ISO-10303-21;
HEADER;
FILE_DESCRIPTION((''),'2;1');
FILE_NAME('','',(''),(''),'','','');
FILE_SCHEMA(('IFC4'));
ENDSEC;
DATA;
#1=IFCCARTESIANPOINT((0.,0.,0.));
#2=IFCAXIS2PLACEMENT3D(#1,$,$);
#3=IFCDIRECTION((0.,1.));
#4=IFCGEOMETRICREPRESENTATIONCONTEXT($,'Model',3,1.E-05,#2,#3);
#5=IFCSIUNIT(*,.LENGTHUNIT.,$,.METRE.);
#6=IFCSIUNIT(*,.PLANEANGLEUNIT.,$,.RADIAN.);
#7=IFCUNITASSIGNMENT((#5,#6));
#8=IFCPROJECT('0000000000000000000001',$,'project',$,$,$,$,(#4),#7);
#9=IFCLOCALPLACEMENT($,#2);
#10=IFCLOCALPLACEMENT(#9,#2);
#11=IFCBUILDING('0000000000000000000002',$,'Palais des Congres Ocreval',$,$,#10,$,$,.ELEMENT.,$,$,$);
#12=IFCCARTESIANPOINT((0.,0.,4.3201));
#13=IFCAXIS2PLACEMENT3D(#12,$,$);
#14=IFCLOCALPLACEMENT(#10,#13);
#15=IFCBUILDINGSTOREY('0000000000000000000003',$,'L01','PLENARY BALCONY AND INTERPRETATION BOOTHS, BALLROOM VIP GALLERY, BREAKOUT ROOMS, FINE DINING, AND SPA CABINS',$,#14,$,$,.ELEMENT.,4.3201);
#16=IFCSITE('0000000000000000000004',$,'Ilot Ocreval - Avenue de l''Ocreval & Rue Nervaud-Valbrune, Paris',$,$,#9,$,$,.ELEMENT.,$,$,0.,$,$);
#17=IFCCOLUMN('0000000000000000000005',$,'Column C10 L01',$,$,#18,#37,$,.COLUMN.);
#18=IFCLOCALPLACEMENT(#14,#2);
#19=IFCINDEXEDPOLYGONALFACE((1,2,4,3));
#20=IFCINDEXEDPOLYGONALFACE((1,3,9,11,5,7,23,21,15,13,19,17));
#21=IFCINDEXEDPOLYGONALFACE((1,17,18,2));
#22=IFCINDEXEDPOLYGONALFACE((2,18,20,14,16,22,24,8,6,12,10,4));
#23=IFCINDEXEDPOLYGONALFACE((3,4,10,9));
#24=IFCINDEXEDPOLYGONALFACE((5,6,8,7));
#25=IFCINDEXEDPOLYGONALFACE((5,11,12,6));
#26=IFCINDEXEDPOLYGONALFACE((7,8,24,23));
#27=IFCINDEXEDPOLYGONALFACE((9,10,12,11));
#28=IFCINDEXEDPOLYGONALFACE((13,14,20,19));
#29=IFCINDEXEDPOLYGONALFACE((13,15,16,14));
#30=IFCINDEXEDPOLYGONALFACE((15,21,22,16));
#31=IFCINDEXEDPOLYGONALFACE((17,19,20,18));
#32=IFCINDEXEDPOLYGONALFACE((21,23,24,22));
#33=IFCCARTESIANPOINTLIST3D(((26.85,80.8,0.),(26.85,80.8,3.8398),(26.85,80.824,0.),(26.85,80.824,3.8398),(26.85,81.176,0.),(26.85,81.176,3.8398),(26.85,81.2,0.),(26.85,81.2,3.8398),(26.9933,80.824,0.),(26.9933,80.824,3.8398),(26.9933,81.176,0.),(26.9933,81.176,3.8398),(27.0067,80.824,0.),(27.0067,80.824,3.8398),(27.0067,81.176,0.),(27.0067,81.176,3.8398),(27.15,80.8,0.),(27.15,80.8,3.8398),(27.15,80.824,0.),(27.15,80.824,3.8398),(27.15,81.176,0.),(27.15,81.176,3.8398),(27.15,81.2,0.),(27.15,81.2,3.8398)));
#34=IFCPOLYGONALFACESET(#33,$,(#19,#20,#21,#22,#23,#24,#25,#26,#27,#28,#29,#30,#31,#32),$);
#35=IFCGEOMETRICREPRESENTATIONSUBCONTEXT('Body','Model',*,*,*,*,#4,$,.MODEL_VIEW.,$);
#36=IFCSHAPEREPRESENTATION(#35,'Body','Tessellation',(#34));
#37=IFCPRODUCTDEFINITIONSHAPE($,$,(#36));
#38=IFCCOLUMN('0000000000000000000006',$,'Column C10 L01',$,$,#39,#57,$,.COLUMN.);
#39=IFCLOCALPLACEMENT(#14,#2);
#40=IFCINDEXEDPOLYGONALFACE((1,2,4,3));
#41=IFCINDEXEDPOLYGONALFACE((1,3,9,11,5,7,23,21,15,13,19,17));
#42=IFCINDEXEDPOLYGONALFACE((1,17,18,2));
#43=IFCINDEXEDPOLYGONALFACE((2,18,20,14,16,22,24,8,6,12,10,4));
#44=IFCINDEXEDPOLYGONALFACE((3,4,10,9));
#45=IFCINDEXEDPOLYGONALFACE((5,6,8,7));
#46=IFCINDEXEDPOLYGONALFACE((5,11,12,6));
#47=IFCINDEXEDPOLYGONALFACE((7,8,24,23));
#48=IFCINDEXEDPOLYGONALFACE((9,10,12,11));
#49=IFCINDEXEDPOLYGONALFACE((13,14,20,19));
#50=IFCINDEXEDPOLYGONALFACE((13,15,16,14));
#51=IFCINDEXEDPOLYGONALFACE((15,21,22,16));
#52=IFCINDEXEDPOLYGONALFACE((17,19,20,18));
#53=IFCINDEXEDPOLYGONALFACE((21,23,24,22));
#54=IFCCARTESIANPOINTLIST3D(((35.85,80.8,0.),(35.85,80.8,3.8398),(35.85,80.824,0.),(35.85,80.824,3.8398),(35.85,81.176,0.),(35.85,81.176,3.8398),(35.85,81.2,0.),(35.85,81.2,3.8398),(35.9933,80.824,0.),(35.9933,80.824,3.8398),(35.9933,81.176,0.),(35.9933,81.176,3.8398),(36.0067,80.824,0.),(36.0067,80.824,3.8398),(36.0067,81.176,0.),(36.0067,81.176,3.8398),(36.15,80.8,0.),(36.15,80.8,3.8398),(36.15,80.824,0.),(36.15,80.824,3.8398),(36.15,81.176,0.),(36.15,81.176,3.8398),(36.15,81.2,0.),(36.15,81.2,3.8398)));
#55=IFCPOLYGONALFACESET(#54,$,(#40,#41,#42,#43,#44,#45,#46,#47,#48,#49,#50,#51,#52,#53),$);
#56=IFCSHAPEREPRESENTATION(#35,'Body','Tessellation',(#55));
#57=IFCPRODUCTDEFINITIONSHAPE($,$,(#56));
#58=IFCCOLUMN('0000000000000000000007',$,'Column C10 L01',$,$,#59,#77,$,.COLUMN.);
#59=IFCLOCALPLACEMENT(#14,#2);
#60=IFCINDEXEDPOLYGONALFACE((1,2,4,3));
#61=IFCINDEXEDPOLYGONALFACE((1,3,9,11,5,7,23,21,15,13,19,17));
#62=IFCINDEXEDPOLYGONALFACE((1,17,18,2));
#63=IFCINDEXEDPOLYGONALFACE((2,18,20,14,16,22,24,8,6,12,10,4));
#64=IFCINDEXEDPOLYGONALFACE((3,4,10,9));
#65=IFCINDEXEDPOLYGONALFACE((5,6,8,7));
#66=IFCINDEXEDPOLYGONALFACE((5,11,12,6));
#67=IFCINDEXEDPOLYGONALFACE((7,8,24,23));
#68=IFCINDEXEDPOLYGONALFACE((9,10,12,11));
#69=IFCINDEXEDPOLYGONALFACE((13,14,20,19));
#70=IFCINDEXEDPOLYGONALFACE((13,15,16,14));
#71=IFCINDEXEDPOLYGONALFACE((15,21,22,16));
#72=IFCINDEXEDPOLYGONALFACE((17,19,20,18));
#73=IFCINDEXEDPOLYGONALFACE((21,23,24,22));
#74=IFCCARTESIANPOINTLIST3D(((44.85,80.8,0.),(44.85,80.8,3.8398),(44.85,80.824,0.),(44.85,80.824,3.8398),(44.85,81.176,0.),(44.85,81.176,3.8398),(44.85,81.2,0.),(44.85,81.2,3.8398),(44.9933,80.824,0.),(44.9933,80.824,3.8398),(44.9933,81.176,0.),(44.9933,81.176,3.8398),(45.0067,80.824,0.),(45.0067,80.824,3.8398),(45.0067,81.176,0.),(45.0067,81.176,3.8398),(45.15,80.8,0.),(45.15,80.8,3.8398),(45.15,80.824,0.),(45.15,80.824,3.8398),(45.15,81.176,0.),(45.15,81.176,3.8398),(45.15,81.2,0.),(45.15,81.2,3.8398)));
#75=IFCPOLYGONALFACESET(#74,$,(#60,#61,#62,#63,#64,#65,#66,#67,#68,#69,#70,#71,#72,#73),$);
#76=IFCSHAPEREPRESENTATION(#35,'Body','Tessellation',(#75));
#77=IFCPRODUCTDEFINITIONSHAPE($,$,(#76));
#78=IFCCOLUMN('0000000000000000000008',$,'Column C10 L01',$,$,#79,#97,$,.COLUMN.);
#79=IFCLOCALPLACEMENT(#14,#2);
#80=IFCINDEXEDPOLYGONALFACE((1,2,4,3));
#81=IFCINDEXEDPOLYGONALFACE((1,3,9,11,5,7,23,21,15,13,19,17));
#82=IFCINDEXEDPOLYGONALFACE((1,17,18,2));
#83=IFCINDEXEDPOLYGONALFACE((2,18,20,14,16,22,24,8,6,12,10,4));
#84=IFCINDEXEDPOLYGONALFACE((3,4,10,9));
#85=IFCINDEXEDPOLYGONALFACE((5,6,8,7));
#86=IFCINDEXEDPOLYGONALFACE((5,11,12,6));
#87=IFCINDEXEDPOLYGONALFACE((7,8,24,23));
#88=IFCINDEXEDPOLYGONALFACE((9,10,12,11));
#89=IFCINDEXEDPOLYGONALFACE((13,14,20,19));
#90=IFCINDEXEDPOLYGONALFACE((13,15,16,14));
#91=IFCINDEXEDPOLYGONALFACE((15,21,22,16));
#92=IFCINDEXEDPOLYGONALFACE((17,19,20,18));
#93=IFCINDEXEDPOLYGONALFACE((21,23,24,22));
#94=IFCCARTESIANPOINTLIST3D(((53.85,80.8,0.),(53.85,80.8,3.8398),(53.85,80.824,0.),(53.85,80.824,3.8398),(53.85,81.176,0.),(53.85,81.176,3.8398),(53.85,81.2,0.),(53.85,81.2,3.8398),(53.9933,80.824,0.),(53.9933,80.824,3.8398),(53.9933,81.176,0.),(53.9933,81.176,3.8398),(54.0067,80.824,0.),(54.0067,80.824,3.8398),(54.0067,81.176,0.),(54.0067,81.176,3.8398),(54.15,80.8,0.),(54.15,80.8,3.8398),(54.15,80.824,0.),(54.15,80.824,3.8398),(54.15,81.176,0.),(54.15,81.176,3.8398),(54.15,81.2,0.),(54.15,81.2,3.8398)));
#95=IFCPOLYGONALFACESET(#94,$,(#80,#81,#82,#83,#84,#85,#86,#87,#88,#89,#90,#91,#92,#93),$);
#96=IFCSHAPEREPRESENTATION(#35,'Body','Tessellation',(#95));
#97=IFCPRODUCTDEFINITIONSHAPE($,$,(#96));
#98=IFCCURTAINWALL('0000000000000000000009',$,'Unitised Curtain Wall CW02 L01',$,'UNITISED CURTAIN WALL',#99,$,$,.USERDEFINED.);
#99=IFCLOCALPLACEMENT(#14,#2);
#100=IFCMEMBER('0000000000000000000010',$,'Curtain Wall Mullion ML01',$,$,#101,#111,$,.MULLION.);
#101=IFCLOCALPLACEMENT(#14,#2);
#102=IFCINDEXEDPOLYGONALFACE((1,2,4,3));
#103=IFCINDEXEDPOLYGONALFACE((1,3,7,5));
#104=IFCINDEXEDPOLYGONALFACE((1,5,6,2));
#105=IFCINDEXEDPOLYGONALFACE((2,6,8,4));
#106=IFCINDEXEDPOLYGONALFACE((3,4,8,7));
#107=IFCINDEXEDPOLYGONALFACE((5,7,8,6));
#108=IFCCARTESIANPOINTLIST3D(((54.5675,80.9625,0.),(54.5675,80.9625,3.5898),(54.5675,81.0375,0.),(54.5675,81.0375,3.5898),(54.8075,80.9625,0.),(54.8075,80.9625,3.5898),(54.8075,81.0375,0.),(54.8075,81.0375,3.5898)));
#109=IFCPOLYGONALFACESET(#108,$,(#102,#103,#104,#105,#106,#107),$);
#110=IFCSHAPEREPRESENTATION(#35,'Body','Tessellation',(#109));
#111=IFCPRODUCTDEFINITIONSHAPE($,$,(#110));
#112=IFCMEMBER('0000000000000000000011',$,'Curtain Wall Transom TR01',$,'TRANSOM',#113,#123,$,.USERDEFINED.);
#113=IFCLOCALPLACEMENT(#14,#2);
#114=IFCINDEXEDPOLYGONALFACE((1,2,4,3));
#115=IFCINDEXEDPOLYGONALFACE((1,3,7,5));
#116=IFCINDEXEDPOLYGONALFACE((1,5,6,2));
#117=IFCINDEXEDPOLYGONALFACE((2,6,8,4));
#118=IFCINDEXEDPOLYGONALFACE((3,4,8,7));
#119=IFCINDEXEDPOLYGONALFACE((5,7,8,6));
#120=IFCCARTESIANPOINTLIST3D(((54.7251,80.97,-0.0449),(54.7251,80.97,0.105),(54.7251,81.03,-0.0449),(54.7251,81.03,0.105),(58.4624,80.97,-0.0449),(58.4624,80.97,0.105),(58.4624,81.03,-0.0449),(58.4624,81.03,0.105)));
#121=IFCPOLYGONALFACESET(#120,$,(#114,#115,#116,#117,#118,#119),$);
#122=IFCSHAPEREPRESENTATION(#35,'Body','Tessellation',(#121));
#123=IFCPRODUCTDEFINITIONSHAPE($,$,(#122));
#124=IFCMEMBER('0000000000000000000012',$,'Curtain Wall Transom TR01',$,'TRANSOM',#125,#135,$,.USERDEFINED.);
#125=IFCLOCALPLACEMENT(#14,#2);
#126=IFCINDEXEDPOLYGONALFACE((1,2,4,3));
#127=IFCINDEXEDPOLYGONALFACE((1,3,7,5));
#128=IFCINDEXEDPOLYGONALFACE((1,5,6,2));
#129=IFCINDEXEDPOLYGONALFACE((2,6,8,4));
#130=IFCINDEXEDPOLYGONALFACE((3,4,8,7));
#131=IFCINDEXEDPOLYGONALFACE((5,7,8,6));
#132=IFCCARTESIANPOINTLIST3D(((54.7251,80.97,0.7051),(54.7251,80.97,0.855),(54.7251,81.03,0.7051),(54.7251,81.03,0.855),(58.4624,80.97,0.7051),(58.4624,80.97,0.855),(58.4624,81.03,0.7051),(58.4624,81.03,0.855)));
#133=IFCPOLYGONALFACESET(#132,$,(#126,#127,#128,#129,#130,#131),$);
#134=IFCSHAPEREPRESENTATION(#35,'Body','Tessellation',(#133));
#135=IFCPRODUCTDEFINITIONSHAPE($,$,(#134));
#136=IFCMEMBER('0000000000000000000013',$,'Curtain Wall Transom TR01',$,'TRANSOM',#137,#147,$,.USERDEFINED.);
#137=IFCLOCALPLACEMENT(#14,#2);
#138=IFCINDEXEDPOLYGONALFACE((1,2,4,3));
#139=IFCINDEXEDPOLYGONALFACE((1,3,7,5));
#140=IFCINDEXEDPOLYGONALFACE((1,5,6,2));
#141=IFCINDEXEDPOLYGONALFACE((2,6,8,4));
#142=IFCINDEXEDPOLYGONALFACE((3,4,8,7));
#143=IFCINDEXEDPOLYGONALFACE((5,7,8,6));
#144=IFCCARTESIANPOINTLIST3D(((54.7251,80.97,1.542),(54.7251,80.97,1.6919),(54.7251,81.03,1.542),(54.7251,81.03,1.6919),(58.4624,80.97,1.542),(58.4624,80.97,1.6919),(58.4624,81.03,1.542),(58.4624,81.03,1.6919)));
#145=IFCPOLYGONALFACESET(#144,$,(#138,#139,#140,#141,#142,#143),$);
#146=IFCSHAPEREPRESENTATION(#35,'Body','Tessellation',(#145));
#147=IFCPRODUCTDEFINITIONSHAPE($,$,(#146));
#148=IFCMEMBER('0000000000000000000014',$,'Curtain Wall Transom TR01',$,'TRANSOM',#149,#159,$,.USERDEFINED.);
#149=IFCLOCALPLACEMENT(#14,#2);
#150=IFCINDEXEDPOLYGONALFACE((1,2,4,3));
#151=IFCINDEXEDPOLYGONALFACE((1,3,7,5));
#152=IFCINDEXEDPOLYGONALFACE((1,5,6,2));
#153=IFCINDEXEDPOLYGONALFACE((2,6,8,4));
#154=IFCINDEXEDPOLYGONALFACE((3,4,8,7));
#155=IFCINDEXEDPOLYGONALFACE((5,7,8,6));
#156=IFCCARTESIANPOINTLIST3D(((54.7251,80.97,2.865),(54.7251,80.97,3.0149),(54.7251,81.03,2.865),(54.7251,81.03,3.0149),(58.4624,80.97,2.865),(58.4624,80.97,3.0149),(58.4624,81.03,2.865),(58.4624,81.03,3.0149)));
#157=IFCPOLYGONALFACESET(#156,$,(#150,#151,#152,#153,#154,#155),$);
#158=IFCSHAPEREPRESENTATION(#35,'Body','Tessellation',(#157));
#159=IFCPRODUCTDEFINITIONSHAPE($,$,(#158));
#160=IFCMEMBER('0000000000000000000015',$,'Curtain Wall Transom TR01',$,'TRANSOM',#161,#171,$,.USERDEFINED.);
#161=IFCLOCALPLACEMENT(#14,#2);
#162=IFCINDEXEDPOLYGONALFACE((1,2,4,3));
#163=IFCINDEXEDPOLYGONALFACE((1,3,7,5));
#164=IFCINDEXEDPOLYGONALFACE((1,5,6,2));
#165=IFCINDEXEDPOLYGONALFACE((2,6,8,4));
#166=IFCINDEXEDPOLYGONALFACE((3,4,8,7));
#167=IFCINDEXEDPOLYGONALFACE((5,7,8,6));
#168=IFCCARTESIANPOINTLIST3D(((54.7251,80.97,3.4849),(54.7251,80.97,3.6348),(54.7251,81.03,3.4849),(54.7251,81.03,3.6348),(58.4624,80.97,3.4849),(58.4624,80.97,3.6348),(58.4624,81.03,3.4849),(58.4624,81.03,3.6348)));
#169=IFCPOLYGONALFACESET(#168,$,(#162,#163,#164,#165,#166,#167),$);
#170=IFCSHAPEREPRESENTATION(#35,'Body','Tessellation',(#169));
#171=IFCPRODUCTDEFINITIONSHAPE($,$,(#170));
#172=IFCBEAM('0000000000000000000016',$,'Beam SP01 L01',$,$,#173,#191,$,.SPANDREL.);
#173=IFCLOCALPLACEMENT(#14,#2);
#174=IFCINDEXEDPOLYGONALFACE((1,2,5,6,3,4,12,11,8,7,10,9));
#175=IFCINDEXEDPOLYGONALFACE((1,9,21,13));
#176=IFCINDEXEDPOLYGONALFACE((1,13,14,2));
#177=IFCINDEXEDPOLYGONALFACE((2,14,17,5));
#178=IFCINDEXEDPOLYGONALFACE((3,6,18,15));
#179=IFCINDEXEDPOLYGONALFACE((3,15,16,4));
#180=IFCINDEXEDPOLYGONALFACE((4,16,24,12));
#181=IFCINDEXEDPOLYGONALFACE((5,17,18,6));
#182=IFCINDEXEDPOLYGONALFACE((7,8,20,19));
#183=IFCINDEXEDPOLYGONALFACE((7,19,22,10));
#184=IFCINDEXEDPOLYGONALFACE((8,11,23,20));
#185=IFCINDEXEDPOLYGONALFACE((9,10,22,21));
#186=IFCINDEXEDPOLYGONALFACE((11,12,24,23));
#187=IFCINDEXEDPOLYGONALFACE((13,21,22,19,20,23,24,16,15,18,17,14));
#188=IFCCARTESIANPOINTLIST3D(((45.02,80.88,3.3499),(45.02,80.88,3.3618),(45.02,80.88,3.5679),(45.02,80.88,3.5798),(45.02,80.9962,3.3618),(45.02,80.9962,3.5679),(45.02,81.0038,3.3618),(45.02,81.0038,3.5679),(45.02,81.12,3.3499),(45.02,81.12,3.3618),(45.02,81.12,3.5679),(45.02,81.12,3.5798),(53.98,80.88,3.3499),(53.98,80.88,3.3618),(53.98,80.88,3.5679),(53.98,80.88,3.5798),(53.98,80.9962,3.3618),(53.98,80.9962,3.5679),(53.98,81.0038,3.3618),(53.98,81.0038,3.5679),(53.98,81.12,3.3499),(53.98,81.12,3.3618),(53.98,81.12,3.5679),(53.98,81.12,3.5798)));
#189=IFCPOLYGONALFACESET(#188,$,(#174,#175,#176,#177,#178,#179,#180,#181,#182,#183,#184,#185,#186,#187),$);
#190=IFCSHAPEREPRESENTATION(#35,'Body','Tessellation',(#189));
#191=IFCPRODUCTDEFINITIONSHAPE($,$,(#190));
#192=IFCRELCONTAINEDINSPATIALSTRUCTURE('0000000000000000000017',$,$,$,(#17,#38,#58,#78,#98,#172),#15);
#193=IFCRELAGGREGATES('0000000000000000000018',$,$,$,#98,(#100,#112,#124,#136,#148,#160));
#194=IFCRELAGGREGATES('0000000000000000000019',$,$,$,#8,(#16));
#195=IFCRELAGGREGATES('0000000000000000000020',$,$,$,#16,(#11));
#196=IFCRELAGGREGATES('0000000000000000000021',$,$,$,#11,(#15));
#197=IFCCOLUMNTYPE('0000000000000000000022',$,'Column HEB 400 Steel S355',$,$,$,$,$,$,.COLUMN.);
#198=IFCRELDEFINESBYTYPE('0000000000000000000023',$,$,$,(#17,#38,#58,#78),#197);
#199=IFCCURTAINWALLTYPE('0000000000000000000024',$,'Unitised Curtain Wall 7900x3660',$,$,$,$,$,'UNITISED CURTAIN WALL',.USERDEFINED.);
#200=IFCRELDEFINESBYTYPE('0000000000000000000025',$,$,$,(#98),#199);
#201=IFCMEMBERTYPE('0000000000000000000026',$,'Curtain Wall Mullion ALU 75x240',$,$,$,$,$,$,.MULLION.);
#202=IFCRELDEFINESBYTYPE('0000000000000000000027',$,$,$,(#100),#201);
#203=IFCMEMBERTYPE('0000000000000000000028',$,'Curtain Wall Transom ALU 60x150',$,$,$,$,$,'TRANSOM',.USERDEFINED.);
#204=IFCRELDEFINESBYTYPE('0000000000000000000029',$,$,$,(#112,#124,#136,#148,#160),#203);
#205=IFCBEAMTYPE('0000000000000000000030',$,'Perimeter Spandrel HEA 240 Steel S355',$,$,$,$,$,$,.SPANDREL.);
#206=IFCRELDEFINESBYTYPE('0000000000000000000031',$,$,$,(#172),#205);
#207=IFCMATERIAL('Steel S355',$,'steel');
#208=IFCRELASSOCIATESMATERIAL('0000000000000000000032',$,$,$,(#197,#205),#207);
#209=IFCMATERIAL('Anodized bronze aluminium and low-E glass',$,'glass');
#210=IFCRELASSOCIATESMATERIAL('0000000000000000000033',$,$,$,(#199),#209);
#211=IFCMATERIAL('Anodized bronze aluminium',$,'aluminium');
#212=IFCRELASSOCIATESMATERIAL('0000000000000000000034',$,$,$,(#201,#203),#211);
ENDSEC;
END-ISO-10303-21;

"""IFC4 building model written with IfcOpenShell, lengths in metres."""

from ifc_helpers import new_model, si_unit, direction, frame, origin, origin_2d, place, context, subcontext, project, spatial, rectangle, i_section, extrude, material, material_profile, profile_set, type_object, element, aggregate, save


model = new_model("IFC4")

# Units and contexts
model_context = context("Model", 3, precision=1e-05, world=origin(), true_north=direction((0.0, 1.0)))
body_context = subcontext(model_context, "Body", "Model", "MODEL_VIEW")
ifc_project = project(units=[si_unit("LENGTHUNIT", "METRE"), si_unit("PLANEANGLEUNIT", "RADIAN")], contexts=[model_context])

# Site, building, storey
site_placement = place(None, origin())
site = spatial("IfcSite", under=ifc_project, at=site_placement, Name="Ilot Ocreval - Avenue de l'Ocreval & Rue Nervaud-Valbrune, Paris", CompositionType="ELEMENT", RefElevation=0.0)
building_placement = place(site_placement, origin())
building = spatial("IfcBuilding", under=site, at=building_placement, Name="Palais des Congres Ocreval", CompositionType="ELEMENT")
storey_placement = place(building_placement, frame((0.0, 0.0, 4.3201)))
storey = spatial("IfcBuildingStorey", under=building, at=storey_placement, Name="L01", Description="PLENARY BALCONY AND INTERPRETATION BOOTHS, BALLROOM VIP GALLERY, BREAKOUT ROOMS, FINE DINING, AND SPA CABINS", CompositionType="ELEMENT", Elevation=4.3201)

# Columns
ifc_material_1 = material(Name="Steel S355", Category="steel")
ifc_material_profile_1 = material_profile(ifc_material_1, i_section(OverallWidth=0.3, OverallDepth=0.3999, WebThickness=0.0134, FlangeThickness=0.0239, at=origin_2d()), Name="HEB 400")
ifc_profile_set_1 = profile_set([ifc_material_profile_1], Name="Steel S355")
column_type = type_object("IfcColumnType", Name="Column HEB 400 Steel S355", PredefinedType="COLUMN", material=ifc_profile_set_1)
for number, where, z_axis, x_axis, name in (
    (1, (27.0, 81.0, 0.0), (0.0, 0.0, 1.0), (1.0, 0.0, 0.0), "Column C10 L01"),
    (2, (36.0, 81.0, 0.0), (0.0, 0.0, 1.0), (1.0, 0.0, 0.0), "Column C10 L01"),
    (3, (45.0, 81.0, 0.0), (0.0, 0.0, 1.0), (1.0, 0.0, 0.0), "Column C10 L01"),
    (4, (54.0, 81.0, 0.0), (0.0, 0.0, 1.0), (1.0, 0.0, 0.0), "Column C10 L01"),
):
    element("IfcColumn", number, at=place(storey_placement, frame(where, z_axis=z_axis, x_axis=x_axis)), inside=storey, type_object=column_type, Name=name, PredefinedType="COLUMN", context=body_context, shape_type="SweptSolid", body=[
        extrude(i_section(OverallWidth=0.3, OverallDepth=0.3999, WebThickness=0.0134, FlangeThickness=0.0239, at=origin_2d()), origin(), (0.0, 0.0, 1.0), 3.8398),
    ])

# Curtain wall, members
ifc_material_2 = material(Name="Anodized bronze aluminium and low-E glass", Category="glass")
curtain_wall_type = type_object("IfcCurtainWallType", Name="Unitised Curtain Wall 7900x3660", ElementType="UNITISED CURTAIN WALL", PredefinedType="USERDEFINED", material=ifc_material_2)
curtain_wall_placement = place(storey_placement, origin())
curtain_wall = element("IfcCurtainWall", 5, at=curtain_wall_placement, inside=storey, type_object=curtain_wall_type, Name="Unitised Curtain Wall CW02 L01", ObjectType="UNITISED CURTAIN WALL", PredefinedType="USERDEFINED")
ifc_material_3 = material(Name="Anodized bronze aluminium", Category="aluminium")
ifc_material_profile_2 = material_profile(ifc_material_3, rectangle(XDim=0.075, YDim=0.24, at=origin_2d()), Name="ALU 75x240")
ifc_profile_set_2 = profile_set([ifc_material_profile_2], Name="Anodized bronze aluminium")
member_type_1 = type_object("IfcMemberType", Name="Curtain Wall Mullion ALU 75x240", PredefinedType="MULLION", material=ifc_profile_set_2)
member_1_placement = place(storey_placement, frame((54.6875, 81.0, 0.0), z_axis=(0.0, 0.0, 1.0), x_axis=(0.0, 1.0, 0.0)))
member_1 = element("IfcMember", 6, at=member_1_placement, type_object=member_type_1, Name="Curtain Wall Mullion ML01", PredefinedType="MULLION", context=body_context, shape_type="SweptSolid", body=[
    extrude(rectangle(XDim=0.075, YDim=0.24, at=origin_2d()), origin(), (0.0, 0.0, 1.0), 3.5898),
])
ifc_material_profile_3 = material_profile(ifc_material_3, rectangle(XDim=0.0601, YDim=0.1499, at=origin_2d()), Name="ALU 60x150")
ifc_profile_set_3 = profile_set([ifc_material_profile_3], Name="Anodized bronze aluminium")
member_type_2 = type_object("IfcMemberType", Name="Curtain Wall Transom ALU 60x150", ElementType="TRANSOM", PredefinedType="USERDEFINED", material=ifc_profile_set_3)
member_2_placement = place(storey_placement, frame((54.7251, 81.0, 0.03), z_axis=(1.0, 0.0, 0.0), x_axis=(0.0, 1.0, 0.0)))
member_2 = element("IfcMember", 7, at=member_2_placement, type_object=member_type_2, Name="Curtain Wall Transom TR01", ObjectType="TRANSOM", PredefinedType="USERDEFINED", context=body_context, shape_type="SweptSolid", body=[
    extrude(rectangle(XDim=0.0601, YDim=0.1499, at=origin_2d()), origin(), (0.0, 0.0, 1.0), 3.7373),
])
member_3_placement = place(storey_placement, frame((54.7251, 81.0, 0.78), z_axis=(1.0, 0.0, 0.0), x_axis=(0.0, 1.0, 0.0)))
member_3 = element("IfcMember", 8, at=member_3_placement, type_object=member_type_2, Name="Curtain Wall Transom TR01", ObjectType="TRANSOM", PredefinedType="USERDEFINED", context=body_context, shape_type="SweptSolid", body=[
    extrude(rectangle(XDim=0.0601, YDim=0.1499, at=origin_2d()), origin(), (0.0, 0.0, 1.0), 3.7373),
])
member_4_placement = place(storey_placement, frame((54.7251, 81.0, 1.6169), z_axis=(1.0, 0.0, 0.0), x_axis=(0.0, 1.0, 0.0)))
member_4 = element("IfcMember", 9, at=member_4_placement, type_object=member_type_2, Name="Curtain Wall Transom TR01", ObjectType="TRANSOM", PredefinedType="USERDEFINED", context=body_context, shape_type="SweptSolid", body=[
    extrude(rectangle(XDim=0.0601, YDim=0.1499, at=origin_2d()), origin(), (0.0, 0.0, 1.0), 3.7373),
])
member_5_placement = place(storey_placement, frame((54.7251, 81.0, 2.9399), z_axis=(1.0, 0.0, 0.0), x_axis=(0.0, 1.0, 0.0)))
member_5 = element("IfcMember", 10, at=member_5_placement, type_object=member_type_2, Name="Curtain Wall Transom TR01", ObjectType="TRANSOM", PredefinedType="USERDEFINED", context=body_context, shape_type="SweptSolid", body=[
    extrude(rectangle(XDim=0.0601, YDim=0.1499, at=origin_2d()), origin(), (0.0, 0.0, 1.0), 3.7373),
])
member_6_placement = place(storey_placement, frame((54.7251, 81.0, 3.5598), z_axis=(1.0, 0.0, 0.0), x_axis=(0.0, 1.0, 0.0)))
member_6 = element("IfcMember", 11, at=member_6_placement, type_object=member_type_2, Name="Curtain Wall Transom TR01", ObjectType="TRANSOM", PredefinedType="USERDEFINED", context=body_context, shape_type="SweptSolid", body=[
    extrude(rectangle(XDim=0.0601, YDim=0.1499, at=origin_2d()), origin(), (0.0, 0.0, 1.0), 3.7373),
])

# Beam
ifc_material_profile_4 = material_profile(ifc_material_1, i_section(OverallWidth=0.24, OverallDepth=0.23, WebThickness=0.0076, FlangeThickness=0.012, at=origin_2d()), Name="HEA 240")
ifc_profile_set_4 = profile_set([ifc_material_profile_4], Name="Steel S355")
beam_type_1 = type_object("IfcBeamType", Name="Perimeter Spandrel HEA 240 Steel S355", PredefinedType="SPANDREL", material=ifc_profile_set_4)
beam_1_placement = place(storey_placement, frame((45.02, 81.0, 3.4648), z_axis=(1.0, 0.0, 0.0), x_axis=(0.0, 1.0, 0.0)))
element("IfcBeam", 12, at=beam_1_placement, inside=storey, type_object=beam_type_1, Name="Beam SP01 L01", PredefinedType="SPANDREL", context=body_context, shape_type="SweptSolid", body=[
    extrude(i_section(OverallWidth=0.24, OverallDepth=0.23, WebThickness=0.0076, FlangeThickness=0.012, at=origin_2d()), origin(), (0.0, 0.0, 1.0), 8.96),
])

aggregate(curtain_wall, [member_1, member_2, member_3, member_4, member_5, member_6])

save(model, "model.ifc")
